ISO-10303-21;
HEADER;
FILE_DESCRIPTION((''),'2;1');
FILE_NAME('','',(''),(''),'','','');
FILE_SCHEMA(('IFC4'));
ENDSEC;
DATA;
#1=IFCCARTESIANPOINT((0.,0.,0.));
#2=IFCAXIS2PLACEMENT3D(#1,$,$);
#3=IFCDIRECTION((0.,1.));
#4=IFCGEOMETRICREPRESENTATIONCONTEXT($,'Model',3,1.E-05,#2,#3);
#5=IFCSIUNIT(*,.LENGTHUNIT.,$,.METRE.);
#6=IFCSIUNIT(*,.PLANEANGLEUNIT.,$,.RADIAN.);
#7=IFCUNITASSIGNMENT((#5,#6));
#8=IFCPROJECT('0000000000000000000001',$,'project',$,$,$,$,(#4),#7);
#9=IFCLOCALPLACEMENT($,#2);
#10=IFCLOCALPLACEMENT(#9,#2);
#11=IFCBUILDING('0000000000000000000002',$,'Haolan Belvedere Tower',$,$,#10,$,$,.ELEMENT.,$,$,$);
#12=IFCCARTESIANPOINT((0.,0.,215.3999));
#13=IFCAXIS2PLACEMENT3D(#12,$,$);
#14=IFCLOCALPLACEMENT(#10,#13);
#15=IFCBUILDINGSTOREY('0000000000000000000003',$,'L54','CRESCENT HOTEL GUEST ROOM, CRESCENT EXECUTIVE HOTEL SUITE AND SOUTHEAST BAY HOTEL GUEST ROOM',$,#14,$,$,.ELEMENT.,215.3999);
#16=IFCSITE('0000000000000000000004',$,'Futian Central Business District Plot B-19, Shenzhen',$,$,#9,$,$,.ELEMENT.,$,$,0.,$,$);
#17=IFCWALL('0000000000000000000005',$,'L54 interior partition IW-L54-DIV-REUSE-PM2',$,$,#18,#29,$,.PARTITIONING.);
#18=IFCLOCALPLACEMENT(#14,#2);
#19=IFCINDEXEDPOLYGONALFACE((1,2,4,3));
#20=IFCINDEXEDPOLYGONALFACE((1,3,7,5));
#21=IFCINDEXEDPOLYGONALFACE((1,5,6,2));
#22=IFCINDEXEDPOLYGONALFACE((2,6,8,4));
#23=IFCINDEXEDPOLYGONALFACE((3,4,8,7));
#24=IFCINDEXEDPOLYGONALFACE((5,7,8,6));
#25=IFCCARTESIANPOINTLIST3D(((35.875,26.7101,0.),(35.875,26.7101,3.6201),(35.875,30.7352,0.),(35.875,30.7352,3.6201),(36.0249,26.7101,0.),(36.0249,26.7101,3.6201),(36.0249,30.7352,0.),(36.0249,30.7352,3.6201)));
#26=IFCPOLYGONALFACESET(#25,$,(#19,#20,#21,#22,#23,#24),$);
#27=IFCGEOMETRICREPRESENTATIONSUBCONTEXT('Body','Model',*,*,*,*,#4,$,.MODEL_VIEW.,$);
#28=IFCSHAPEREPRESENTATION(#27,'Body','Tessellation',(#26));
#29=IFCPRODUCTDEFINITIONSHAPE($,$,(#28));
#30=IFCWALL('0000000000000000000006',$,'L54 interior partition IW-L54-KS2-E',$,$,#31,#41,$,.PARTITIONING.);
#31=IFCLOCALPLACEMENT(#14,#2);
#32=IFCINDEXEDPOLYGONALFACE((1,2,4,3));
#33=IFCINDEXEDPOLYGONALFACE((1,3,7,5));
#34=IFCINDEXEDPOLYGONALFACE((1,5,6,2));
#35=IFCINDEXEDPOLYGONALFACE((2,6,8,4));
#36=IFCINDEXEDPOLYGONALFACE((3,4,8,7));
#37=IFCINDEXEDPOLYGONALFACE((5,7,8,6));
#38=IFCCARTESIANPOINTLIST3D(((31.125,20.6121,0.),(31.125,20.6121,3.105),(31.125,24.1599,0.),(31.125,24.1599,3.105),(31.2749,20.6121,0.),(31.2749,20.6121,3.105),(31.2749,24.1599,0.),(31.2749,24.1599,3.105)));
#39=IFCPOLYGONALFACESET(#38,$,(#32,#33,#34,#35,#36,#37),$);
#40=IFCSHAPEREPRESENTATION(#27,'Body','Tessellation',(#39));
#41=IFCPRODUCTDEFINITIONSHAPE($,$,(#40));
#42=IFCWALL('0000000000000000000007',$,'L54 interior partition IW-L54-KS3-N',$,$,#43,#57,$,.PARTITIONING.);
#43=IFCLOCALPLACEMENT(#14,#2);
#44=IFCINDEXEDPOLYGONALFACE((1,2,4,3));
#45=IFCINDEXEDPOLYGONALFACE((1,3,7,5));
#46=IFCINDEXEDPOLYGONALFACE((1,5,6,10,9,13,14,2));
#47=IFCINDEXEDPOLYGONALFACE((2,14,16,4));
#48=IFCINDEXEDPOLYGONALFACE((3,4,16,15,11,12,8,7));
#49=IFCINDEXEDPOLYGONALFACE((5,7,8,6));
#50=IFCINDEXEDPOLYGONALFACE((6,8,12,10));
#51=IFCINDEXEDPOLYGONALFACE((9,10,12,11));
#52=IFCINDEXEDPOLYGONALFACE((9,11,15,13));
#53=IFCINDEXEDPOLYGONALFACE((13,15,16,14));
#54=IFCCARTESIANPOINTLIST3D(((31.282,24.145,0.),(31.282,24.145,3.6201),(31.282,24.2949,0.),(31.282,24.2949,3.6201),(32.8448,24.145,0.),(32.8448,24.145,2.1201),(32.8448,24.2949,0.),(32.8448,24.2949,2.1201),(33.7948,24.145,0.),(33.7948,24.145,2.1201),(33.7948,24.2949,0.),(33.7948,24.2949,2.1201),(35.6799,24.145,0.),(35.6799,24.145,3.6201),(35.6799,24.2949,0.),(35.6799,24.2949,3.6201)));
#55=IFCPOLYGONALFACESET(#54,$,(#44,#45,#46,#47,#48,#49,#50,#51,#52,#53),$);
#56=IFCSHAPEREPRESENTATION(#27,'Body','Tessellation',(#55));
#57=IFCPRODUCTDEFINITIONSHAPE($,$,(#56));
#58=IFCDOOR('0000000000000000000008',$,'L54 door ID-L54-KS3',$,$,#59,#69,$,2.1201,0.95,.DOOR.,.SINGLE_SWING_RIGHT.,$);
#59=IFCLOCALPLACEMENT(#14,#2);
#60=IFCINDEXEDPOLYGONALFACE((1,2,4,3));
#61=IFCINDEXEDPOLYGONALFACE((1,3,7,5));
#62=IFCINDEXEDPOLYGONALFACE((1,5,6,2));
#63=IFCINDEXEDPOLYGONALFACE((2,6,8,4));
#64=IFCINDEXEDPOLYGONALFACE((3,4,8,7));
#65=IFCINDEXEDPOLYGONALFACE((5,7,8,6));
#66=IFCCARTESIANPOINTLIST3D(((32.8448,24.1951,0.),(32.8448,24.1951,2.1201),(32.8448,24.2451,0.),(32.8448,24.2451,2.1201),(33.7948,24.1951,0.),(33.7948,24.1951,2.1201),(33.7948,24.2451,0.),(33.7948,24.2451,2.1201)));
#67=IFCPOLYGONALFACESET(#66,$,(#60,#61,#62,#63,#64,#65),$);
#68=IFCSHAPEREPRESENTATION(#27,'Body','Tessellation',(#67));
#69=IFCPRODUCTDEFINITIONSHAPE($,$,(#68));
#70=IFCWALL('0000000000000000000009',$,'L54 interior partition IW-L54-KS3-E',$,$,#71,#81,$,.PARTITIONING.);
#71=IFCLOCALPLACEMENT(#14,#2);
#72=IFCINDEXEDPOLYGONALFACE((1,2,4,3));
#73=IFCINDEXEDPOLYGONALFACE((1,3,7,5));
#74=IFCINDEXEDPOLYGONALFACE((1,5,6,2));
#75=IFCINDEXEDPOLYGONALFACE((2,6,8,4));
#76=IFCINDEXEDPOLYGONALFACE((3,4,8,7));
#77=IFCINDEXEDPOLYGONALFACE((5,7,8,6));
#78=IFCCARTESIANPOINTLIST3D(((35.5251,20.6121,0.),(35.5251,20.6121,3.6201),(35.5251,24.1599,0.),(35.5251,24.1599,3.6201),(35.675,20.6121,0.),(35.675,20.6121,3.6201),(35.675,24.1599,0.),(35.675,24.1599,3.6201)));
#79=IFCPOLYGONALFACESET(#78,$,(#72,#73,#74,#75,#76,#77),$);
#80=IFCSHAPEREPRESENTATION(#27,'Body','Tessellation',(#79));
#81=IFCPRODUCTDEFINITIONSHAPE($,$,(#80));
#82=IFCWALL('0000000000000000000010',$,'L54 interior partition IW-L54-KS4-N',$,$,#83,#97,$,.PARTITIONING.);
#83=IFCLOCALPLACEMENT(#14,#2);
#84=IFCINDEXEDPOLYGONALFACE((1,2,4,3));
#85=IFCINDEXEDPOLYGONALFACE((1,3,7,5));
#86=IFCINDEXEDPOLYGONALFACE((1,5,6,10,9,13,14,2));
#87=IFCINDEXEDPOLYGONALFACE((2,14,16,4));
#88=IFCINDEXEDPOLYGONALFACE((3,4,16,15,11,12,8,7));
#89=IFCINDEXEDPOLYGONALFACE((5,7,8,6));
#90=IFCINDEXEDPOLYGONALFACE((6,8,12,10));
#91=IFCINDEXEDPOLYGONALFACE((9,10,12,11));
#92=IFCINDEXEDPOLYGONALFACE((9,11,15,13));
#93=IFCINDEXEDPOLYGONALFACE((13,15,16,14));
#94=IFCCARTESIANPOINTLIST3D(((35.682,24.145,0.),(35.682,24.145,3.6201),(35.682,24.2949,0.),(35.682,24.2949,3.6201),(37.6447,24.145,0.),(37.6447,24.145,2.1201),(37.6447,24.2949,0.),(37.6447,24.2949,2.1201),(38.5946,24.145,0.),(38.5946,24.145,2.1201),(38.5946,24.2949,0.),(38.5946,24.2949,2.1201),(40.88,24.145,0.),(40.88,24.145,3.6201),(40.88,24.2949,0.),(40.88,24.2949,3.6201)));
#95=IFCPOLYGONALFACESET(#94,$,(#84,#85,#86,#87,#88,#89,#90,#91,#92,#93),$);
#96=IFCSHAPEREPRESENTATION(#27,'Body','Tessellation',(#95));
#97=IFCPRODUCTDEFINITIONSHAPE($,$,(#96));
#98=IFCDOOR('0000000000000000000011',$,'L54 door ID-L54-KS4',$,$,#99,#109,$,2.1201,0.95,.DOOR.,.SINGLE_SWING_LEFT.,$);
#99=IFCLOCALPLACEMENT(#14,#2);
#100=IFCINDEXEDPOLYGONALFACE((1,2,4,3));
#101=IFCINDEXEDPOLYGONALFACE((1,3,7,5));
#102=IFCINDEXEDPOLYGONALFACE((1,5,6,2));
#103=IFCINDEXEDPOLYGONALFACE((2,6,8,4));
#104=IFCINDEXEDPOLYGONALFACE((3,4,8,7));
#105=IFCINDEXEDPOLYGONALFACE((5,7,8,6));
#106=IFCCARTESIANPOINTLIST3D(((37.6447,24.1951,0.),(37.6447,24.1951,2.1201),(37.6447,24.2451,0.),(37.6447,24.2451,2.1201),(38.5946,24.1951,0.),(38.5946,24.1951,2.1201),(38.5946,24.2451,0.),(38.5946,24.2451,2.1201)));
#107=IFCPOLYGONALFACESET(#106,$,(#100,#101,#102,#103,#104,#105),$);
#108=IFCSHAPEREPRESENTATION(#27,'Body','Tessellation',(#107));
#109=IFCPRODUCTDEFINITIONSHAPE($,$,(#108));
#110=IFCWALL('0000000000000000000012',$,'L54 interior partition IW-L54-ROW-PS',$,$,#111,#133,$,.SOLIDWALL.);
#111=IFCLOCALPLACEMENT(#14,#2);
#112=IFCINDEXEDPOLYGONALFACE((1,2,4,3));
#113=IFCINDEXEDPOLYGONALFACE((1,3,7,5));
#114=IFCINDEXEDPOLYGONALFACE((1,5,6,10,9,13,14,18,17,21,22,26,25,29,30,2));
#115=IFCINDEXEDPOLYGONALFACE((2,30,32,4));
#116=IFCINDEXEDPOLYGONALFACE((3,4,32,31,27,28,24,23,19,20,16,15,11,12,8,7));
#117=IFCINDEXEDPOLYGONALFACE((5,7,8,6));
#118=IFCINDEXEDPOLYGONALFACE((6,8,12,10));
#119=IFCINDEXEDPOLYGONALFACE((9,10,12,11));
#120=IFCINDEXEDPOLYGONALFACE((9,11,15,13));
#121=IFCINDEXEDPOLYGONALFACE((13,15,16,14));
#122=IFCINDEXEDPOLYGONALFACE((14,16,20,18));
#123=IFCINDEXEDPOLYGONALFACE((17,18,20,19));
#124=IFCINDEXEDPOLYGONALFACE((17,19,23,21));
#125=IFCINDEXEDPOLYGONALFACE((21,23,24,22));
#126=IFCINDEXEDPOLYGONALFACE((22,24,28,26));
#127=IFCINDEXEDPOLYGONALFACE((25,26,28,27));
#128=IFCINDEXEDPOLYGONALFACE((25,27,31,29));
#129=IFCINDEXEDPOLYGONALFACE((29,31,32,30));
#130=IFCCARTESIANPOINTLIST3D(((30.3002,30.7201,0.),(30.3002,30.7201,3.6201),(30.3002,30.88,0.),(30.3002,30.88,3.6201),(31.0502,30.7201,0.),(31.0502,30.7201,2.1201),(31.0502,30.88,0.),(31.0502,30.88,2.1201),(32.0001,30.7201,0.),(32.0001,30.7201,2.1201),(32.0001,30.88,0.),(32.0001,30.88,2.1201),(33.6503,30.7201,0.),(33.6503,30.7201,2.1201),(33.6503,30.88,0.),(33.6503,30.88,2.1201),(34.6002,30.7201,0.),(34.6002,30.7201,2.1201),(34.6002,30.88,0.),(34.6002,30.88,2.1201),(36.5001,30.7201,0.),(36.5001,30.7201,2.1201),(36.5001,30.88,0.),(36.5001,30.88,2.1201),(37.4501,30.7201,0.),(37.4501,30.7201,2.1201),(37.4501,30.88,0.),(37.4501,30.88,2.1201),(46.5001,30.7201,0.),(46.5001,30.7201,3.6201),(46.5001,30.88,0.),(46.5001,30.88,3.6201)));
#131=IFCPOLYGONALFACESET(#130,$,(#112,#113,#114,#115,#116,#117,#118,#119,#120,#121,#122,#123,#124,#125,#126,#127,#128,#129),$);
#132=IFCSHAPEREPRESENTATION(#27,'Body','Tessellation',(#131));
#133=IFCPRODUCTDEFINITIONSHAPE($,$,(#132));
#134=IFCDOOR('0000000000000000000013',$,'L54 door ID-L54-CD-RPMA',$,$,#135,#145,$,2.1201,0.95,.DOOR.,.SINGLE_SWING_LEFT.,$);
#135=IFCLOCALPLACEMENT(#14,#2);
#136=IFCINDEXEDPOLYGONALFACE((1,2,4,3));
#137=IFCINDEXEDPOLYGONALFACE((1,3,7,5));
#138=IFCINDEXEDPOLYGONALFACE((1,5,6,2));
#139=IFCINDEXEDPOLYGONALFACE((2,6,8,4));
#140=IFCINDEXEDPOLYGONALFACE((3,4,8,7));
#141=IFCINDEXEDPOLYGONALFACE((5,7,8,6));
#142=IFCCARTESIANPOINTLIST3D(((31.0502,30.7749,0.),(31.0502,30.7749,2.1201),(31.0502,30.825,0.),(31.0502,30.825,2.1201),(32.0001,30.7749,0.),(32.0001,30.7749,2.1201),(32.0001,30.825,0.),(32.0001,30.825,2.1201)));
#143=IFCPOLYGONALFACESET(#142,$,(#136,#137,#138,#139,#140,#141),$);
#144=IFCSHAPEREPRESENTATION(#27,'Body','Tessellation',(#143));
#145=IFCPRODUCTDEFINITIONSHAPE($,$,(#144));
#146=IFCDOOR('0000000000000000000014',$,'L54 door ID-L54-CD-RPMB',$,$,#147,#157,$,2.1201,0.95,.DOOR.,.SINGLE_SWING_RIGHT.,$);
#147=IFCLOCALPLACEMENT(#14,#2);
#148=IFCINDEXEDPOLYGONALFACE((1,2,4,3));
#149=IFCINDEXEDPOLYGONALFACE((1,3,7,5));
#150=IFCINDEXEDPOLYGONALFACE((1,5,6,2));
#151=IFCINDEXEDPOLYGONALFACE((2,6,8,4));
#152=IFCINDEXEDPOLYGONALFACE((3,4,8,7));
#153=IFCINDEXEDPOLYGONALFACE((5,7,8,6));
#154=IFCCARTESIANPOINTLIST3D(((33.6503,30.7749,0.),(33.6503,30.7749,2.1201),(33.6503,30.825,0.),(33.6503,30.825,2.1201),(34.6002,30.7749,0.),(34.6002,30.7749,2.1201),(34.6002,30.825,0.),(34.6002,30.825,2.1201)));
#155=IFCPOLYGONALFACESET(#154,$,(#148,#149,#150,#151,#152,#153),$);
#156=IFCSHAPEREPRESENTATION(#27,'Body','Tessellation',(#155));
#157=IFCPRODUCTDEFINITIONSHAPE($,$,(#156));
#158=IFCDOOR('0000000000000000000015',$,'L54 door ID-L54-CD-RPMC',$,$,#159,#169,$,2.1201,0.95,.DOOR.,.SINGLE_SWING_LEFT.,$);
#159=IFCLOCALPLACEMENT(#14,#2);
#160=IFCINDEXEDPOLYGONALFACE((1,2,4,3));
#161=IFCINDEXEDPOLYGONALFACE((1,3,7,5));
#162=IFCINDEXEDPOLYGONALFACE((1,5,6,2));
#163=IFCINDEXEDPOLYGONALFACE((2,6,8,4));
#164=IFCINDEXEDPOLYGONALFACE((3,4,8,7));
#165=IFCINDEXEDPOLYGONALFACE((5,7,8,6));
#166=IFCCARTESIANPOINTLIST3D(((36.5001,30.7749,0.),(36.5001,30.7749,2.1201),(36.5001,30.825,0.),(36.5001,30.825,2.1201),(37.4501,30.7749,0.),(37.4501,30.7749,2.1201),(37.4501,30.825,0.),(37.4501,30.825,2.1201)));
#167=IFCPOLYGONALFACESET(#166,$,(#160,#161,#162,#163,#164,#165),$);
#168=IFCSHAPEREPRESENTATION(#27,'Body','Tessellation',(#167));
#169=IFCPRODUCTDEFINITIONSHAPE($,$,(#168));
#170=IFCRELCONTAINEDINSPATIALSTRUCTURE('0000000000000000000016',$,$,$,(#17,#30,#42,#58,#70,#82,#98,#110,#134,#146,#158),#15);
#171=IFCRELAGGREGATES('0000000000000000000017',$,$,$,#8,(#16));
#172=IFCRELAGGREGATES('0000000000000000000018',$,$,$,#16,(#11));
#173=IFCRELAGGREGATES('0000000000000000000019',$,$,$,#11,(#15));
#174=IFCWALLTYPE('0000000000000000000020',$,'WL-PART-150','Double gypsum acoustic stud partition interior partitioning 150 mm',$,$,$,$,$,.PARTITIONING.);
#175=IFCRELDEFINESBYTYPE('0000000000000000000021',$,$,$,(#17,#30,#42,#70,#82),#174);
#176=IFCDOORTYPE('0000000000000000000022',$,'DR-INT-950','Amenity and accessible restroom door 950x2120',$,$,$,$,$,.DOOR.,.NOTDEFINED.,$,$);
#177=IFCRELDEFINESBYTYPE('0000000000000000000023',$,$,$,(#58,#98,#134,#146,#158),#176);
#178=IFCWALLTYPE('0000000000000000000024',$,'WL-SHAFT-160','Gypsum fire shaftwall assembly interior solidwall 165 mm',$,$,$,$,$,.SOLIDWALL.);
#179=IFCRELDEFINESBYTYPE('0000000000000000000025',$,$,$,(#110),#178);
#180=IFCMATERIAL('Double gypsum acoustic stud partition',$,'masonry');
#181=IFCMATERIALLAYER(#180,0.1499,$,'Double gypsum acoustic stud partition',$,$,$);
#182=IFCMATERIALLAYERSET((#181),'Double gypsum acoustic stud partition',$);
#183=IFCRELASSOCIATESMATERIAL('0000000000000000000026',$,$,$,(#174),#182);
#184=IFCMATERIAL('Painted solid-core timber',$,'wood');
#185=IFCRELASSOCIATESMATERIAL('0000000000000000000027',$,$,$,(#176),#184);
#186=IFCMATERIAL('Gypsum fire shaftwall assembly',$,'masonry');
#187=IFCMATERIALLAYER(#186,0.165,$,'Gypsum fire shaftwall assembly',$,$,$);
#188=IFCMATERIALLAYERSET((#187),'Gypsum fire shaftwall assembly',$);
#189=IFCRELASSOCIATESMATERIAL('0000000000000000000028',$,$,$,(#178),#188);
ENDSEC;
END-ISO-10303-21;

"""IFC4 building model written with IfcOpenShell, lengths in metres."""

from ifc_helpers import new_model, si_unit, direction, frame, frame_2d, origin, place, context, subcontext, project, spatial, rectangle, extrude, material, layer, layer_set, type_object, element, fill, save


model = new_model("IFC4")

# Units and contexts
model_context = context("Model", 3, precision=1e-05, world=origin(), true_north=direction((0.0, 1.0)))
body_context = subcontext(model_context, "Body", "Model", "MODEL_VIEW")
ifc_project = project(units=[si_unit("LENGTHUNIT", "METRE"), si_unit("PLANEANGLEUNIT", "RADIAN")], contexts=[model_context])

# Site, building, storey
site_placement = place(None, origin())
site = spatial("IfcSite", under=ifc_project, at=site_placement, Name="Futian Central Business District Plot B-19, Shenzhen", CompositionType="ELEMENT", RefElevation=0.0)
building_placement = place(site_placement, origin())
building = spatial("IfcBuilding", under=site, at=building_placement, Name="Haolan Belvedere Tower", CompositionType="ELEMENT")
storey_placement = place(building_placement, frame((0.0, 0.0, 215.3999)))
storey = spatial("IfcBuildingStorey", under=building, at=storey_placement, Name="L54", Description="CRESCENT HOTEL GUEST ROOM, CRESCENT EXECUTIVE HOTEL SUITE AND SOUTHEAST BAY HOTEL GUEST ROOM", CompositionType="ELEMENT", Elevation=215.3999)

# Walls
ifc_material_1 = material(Name="Double gypsum acoustic stud partition", Category="masonry")
ifc_layer_1 = layer(ifc_material_1, 0.1499, Name="Double gypsum acoustic stud partition")
ifc_layer_set_1 = layer_set([ifc_layer_1], Name="Double gypsum acoustic stud partition")
wall_type_1 = type_object("IfcWallType", Name="WL-PART-150", Description="Double gypsum acoustic stud partition interior partitioning 150 mm", PredefinedType="PARTITIONING", material=ifc_layer_set_1)
for number, where, z_axis, x_axis, name in (
    (1, (35.95, 26.71, 0.0), (0.0, 0.0, 1.0), (0.0, 1.0, 0.0), "L54 interior partition IW-L54-DIV-REUSE-PM2"),
):
    element("IfcWall", number, at=place(storey_placement, frame(where, z_axis=z_axis, x_axis=x_axis)), inside=storey, type_object=wall_type_1, Name=name, PredefinedType="PARTITIONING", context=body_context, shape_type="SweptSolid", body=[
        extrude(rectangle(XDim=4.0251, YDim=0.1499, at=frame_2d((2.0127, 0.0))), origin(), (0.0, 0.0, 1.0), 3.6201),
    ])
wall_1_placement = place(storey_placement, frame((31.2, 20.6121, 0.0), z_axis=(0.0, 0.0, 1.0), x_axis=(0.0, 1.0, 0.0)))
element("IfcWall", 2, at=wall_1_placement, inside=storey, type_object=wall_type_1, Name="L54 interior partition IW-L54-KS2-E", PredefinedType="PARTITIONING", context=body_context, shape_type="SweptSolid", body=[
    extrude(rectangle(XDim=3.5479, YDim=0.1499, at=frame_2d((1.7739, 0.0))), origin(), (0.0, 0.0, 1.0), 3.105),
])

# Wall, opening, door
wall_2_placement = place(storey_placement, frame((31.282, 24.22, 0.0), z_axis=(0.0, 0.0, 1.0), x_axis=(1.0, 0.0, 0.0)))
wall_2 = element("IfcWall", 3, at=wall_2_placement, inside=storey, type_object=wall_type_1, Name="L54 interior partition IW-L54-KS3-N", PredefinedType="PARTITIONING", context=body_context, shape_type="SweptSolid", body=[
    extrude(rectangle(XDim=4.3979, YDim=0.1499, at=frame_2d((2.199, 0.0))), origin(), (0.0, 0.0, 1.0), 3.6201),
])
opening_1_placement = place(wall_2_placement, frame((2.5129, 0.0, 0.0), z_axis=(0.0, 0.0, 1.0), x_axis=(-1.0, 0.0, 0.0)))
opening_1 = element("IfcOpeningElement", 4, at=opening_1_placement, cuts=wall_2, PredefinedType="OPENING", context=body_context, shape_type="SweptSolid", body=[
    extrude(rectangle(XDim=0.95, YDim=2.1201, at=frame_2d((0.4751, 1.0601))), frame((0.0, 0.085, 0.0), z_axis=(0.0, -1.0, 0.0), x_axis=(1.0, 0.0, 0.0)), (0.0, 0.0, 1.0), 0.1699),
])
ifc_material_2 = material(Name="Painted solid-core timber", Category="wood")
door_type = type_object("IfcDoorType", Name="DR-INT-950", Description="Amenity and accessible restroom door 950x2120", OperationType="NOTDEFINED", PredefinedType="DOOR", material=ifc_material_2)
door_1_placement = place(opening_1_placement, origin())
door_1 = element("IfcDoor", 5, at=door_1_placement, inside=storey, type_object=door_type, Name="L54 door ID-L54-KS3", OperationType="SINGLE_SWING_RIGHT", OverallHeight=2.1201, OverallWidth=0.95, PredefinedType="DOOR", context=body_context, shape_type="SweptSolid", body=[
    extrude(rectangle(XDim=0.95, YDim=2.1201, at=frame_2d((0.4751, 1.0601))), frame((0.0, 0.0249, 0.0), z_axis=(0.0, -1.0, 0.0), x_axis=(1.0, 0.0, 0.0)), (0.0, 0.0, 1.0), 0.05),
])
fill(opening_1, door_1)

# Wall
wall_3_placement = place(storey_placement, frame((35.6001, 20.6121, 0.0), z_axis=(0.0, 0.0, 1.0), x_axis=(0.0, 1.0, 0.0)))
element("IfcWall", 6, at=wall_3_placement, inside=storey, type_object=wall_type_1, Name="L54 interior partition IW-L54-KS3-E", PredefinedType="PARTITIONING", context=body_context, shape_type="SweptSolid", body=[
    extrude(rectangle(XDim=3.5479, YDim=0.1499, at=frame_2d((1.7739, 0.0))), origin(), (0.0, 0.0, 1.0), 3.6201),
])

# Wall, opening, door
wall_4_placement = place(storey_placement, frame((35.6819, 24.22, 0.0), z_axis=(0.0, 0.0, 1.0), x_axis=(1.0, 0.0, 0.0)))
wall_4 = element("IfcWall", 7, at=wall_4_placement, inside=storey, type_object=wall_type_1, Name="L54 interior partition IW-L54-KS4-N", PredefinedType="PARTITIONING", context=body_context, shape_type="SweptSolid", body=[
    extrude(rectangle(XDim=5.198, YDim=0.1499, at=frame_2d((2.5991, 0.0))), origin(), (0.0, 0.0, 1.0), 3.6201),
])
opening_2_placement = place(wall_4_placement, frame((2.9128, 0.0, 0.0), z_axis=(0.0, 0.0, 1.0), x_axis=(-1.0, 0.0, 0.0)))
opening_2 = element("IfcOpeningElement", 8, at=opening_2_placement, cuts=wall_4, PredefinedType="OPENING", context=body_context, shape_type="SweptSolid", body=[
    extrude(rectangle(XDim=0.95, YDim=2.1201, at=frame_2d((0.4751, 1.0601))), frame((0.0, 0.085, 0.0), z_axis=(0.0, -1.0, 0.0), x_axis=(1.0, 0.0, 0.0)), (0.0, 0.0, 1.0), 0.1699),
])
door_2_placement = place(opening_2_placement, origin())
door_2 = element("IfcDoor", 9, at=door_2_placement, inside=storey, type_object=door_type, Name="L54 door ID-L54-KS4", OperationType="SINGLE_SWING_LEFT", OverallHeight=2.1201, OverallWidth=0.95, PredefinedType="DOOR", context=body_context, shape_type="SweptSolid", body=[
    extrude(rectangle(XDim=0.95, YDim=2.1201, at=frame_2d((0.4751, 1.0601))), frame((0.0, 0.0249, 0.0), z_axis=(0.0, -1.0, 0.0), x_axis=(1.0, 0.0, 0.0)), (0.0, 0.0, 1.0), 0.05),
])
fill(opening_2, door_2)

# Wall, openings, doors
ifc_material_3 = material(Name="Gypsum fire shaftwall assembly", Category="masonry")
ifc_layer_2 = layer(ifc_material_3, 0.165, Name="Gypsum fire shaftwall assembly")
ifc_layer_set_2 = layer_set([ifc_layer_2], Name="Gypsum fire shaftwall assembly")
wall_type_2 = type_object("IfcWallType", Name="WL-SHAFT-160", Description="Gypsum fire shaftwall assembly interior solidwall 165 mm", PredefinedType="SOLIDWALL", material=ifc_layer_set_2)
wall_5_placement = place(storey_placement, frame((30.3, 30.8, 0.0), z_axis=(0.0, 0.0, 1.0), x_axis=(1.0, 0.0, 0.0)))
wall_5 = element("IfcWall", 10, at=wall_5_placement, inside=storey, type_object=wall_type_2, Name="L54 interior partition IW-L54-ROW-PS", PredefinedType="SOLIDWALL", context=body_context, shape_type="SweptSolid", body=[
    extrude(rectangle(XDim=16.2, YDim=0.1599, at=frame_2d((8.1001, 0.0))), origin(), (0.0, 0.0, 1.0), 3.6201),
])
opening_3_placement = place(wall_5_placement, frame((0.75, 0.0, 0.0)))
opening_3 = element("IfcOpeningElement", 11, at=opening_3_placement, cuts=wall_5, PredefinedType="OPENING", context=body_context, shape_type="SweptSolid", body=[
    extrude(rectangle(XDim=0.95, YDim=2.1201, at=frame_2d((0.4751, 1.0601))), frame((0.0, 0.0898, 0.0), z_axis=(0.0, -1.0, 0.0), x_axis=(1.0, 0.0, 0.0)), (0.0, 0.0, 1.0), 0.1799),
])
opening_4_placement = place(wall_5_placement, frame((3.3501, 0.0, 0.0)))
opening_4 = element("IfcOpeningElement", 12, at=opening_4_placement, cuts=wall_5, PredefinedType="OPENING", context=body_context, shape_type="SweptSolid", body=[
    extrude(rectangle(XDim=0.95, YDim=2.1201, at=frame_2d((0.4751, 1.0601))), frame((0.0, 0.0898, 0.0), z_axis=(0.0, -1.0, 0.0), x_axis=(1.0, 0.0, 0.0)), (0.0, 0.0, 1.0), 0.1799),
])
opening_5_placement = place(wall_5_placement, frame((6.2, 0.0, 0.0)))
opening_5 = element("IfcOpeningElement", 13, at=opening_5_placement, cuts=wall_5, PredefinedType="OPENING", context=body_context, shape_type="SweptSolid", body=[
    extrude(rectangle(XDim=0.95, YDim=2.1201, at=frame_2d((0.4751, 1.0601))), frame((0.0, 0.0898, 0.0), z_axis=(0.0, -1.0, 0.0), x_axis=(1.0, 0.0, 0.0)), (0.0, 0.0, 1.0), 0.1799),
])
door_3_placement = place(opening_3_placement, origin())
door_3 = element("IfcDoor", 14, at=door_3_placement, inside=storey, type_object=door_type, Name="L54 door ID-L54-CD-RPMA", OperationType="SINGLE_SWING_LEFT", OverallHeight=2.1201, OverallWidth=0.95, PredefinedType="DOOR", context=body_context, shape_type="SweptSolid", body=[
    extrude(rectangle(XDim=0.95, YDim=2.1201, at=frame_2d((0.4751, 1.0601))), frame((0.0, 0.0249, 0.0), z_axis=(0.0, -1.0, 0.0), x_axis=(1.0, 0.0, 0.0)), (0.0, 0.0, 1.0), 0.05),
])
fill(opening_3, door_3)
door_4_placement = place(opening_4_placement, origin())
door_4 = element("IfcDoor", 15, at=door_4_placement, inside=storey, type_object=door_type, Name="L54 door ID-L54-CD-RPMB", OperationType="SINGLE_SWING_RIGHT", OverallHeight=2.1201, OverallWidth=0.95, PredefinedType="DOOR", context=body_context, shape_type="SweptSolid", body=[
    extrude(rectangle(XDim=0.95, YDim=2.1201, at=frame_2d((0.4751, 1.0601))), frame((0.0, 0.0249, 0.0), z_axis=(0.0, -1.0, 0.0), x_axis=(1.0, 0.0, 0.0)), (0.0, 0.0, 1.0), 0.05),
])
fill(opening_4, door_4)
door_5_placement = place(opening_5_placement, origin())
door_5 = element("IfcDoor", 16, at=door_5_placement, inside=storey, type_object=door_type, Name="L54 door ID-L54-CD-RPMC", OperationType="SINGLE_SWING_LEFT", OverallHeight=2.1201, OverallWidth=0.95, PredefinedType="DOOR", context=body_context, shape_type="SweptSolid", body=[
    extrude(rectangle(XDim=0.95, YDim=2.1201, at=frame_2d((0.4751, 1.0601))), frame((0.0, 0.0249, 0.0), z_axis=(0.0, -1.0, 0.0), x_axis=(1.0, 0.0, 0.0)), (0.0, 0.0, 1.0), 0.05),
])
fill(opening_5, door_5)

save(model, "model.ifc")
